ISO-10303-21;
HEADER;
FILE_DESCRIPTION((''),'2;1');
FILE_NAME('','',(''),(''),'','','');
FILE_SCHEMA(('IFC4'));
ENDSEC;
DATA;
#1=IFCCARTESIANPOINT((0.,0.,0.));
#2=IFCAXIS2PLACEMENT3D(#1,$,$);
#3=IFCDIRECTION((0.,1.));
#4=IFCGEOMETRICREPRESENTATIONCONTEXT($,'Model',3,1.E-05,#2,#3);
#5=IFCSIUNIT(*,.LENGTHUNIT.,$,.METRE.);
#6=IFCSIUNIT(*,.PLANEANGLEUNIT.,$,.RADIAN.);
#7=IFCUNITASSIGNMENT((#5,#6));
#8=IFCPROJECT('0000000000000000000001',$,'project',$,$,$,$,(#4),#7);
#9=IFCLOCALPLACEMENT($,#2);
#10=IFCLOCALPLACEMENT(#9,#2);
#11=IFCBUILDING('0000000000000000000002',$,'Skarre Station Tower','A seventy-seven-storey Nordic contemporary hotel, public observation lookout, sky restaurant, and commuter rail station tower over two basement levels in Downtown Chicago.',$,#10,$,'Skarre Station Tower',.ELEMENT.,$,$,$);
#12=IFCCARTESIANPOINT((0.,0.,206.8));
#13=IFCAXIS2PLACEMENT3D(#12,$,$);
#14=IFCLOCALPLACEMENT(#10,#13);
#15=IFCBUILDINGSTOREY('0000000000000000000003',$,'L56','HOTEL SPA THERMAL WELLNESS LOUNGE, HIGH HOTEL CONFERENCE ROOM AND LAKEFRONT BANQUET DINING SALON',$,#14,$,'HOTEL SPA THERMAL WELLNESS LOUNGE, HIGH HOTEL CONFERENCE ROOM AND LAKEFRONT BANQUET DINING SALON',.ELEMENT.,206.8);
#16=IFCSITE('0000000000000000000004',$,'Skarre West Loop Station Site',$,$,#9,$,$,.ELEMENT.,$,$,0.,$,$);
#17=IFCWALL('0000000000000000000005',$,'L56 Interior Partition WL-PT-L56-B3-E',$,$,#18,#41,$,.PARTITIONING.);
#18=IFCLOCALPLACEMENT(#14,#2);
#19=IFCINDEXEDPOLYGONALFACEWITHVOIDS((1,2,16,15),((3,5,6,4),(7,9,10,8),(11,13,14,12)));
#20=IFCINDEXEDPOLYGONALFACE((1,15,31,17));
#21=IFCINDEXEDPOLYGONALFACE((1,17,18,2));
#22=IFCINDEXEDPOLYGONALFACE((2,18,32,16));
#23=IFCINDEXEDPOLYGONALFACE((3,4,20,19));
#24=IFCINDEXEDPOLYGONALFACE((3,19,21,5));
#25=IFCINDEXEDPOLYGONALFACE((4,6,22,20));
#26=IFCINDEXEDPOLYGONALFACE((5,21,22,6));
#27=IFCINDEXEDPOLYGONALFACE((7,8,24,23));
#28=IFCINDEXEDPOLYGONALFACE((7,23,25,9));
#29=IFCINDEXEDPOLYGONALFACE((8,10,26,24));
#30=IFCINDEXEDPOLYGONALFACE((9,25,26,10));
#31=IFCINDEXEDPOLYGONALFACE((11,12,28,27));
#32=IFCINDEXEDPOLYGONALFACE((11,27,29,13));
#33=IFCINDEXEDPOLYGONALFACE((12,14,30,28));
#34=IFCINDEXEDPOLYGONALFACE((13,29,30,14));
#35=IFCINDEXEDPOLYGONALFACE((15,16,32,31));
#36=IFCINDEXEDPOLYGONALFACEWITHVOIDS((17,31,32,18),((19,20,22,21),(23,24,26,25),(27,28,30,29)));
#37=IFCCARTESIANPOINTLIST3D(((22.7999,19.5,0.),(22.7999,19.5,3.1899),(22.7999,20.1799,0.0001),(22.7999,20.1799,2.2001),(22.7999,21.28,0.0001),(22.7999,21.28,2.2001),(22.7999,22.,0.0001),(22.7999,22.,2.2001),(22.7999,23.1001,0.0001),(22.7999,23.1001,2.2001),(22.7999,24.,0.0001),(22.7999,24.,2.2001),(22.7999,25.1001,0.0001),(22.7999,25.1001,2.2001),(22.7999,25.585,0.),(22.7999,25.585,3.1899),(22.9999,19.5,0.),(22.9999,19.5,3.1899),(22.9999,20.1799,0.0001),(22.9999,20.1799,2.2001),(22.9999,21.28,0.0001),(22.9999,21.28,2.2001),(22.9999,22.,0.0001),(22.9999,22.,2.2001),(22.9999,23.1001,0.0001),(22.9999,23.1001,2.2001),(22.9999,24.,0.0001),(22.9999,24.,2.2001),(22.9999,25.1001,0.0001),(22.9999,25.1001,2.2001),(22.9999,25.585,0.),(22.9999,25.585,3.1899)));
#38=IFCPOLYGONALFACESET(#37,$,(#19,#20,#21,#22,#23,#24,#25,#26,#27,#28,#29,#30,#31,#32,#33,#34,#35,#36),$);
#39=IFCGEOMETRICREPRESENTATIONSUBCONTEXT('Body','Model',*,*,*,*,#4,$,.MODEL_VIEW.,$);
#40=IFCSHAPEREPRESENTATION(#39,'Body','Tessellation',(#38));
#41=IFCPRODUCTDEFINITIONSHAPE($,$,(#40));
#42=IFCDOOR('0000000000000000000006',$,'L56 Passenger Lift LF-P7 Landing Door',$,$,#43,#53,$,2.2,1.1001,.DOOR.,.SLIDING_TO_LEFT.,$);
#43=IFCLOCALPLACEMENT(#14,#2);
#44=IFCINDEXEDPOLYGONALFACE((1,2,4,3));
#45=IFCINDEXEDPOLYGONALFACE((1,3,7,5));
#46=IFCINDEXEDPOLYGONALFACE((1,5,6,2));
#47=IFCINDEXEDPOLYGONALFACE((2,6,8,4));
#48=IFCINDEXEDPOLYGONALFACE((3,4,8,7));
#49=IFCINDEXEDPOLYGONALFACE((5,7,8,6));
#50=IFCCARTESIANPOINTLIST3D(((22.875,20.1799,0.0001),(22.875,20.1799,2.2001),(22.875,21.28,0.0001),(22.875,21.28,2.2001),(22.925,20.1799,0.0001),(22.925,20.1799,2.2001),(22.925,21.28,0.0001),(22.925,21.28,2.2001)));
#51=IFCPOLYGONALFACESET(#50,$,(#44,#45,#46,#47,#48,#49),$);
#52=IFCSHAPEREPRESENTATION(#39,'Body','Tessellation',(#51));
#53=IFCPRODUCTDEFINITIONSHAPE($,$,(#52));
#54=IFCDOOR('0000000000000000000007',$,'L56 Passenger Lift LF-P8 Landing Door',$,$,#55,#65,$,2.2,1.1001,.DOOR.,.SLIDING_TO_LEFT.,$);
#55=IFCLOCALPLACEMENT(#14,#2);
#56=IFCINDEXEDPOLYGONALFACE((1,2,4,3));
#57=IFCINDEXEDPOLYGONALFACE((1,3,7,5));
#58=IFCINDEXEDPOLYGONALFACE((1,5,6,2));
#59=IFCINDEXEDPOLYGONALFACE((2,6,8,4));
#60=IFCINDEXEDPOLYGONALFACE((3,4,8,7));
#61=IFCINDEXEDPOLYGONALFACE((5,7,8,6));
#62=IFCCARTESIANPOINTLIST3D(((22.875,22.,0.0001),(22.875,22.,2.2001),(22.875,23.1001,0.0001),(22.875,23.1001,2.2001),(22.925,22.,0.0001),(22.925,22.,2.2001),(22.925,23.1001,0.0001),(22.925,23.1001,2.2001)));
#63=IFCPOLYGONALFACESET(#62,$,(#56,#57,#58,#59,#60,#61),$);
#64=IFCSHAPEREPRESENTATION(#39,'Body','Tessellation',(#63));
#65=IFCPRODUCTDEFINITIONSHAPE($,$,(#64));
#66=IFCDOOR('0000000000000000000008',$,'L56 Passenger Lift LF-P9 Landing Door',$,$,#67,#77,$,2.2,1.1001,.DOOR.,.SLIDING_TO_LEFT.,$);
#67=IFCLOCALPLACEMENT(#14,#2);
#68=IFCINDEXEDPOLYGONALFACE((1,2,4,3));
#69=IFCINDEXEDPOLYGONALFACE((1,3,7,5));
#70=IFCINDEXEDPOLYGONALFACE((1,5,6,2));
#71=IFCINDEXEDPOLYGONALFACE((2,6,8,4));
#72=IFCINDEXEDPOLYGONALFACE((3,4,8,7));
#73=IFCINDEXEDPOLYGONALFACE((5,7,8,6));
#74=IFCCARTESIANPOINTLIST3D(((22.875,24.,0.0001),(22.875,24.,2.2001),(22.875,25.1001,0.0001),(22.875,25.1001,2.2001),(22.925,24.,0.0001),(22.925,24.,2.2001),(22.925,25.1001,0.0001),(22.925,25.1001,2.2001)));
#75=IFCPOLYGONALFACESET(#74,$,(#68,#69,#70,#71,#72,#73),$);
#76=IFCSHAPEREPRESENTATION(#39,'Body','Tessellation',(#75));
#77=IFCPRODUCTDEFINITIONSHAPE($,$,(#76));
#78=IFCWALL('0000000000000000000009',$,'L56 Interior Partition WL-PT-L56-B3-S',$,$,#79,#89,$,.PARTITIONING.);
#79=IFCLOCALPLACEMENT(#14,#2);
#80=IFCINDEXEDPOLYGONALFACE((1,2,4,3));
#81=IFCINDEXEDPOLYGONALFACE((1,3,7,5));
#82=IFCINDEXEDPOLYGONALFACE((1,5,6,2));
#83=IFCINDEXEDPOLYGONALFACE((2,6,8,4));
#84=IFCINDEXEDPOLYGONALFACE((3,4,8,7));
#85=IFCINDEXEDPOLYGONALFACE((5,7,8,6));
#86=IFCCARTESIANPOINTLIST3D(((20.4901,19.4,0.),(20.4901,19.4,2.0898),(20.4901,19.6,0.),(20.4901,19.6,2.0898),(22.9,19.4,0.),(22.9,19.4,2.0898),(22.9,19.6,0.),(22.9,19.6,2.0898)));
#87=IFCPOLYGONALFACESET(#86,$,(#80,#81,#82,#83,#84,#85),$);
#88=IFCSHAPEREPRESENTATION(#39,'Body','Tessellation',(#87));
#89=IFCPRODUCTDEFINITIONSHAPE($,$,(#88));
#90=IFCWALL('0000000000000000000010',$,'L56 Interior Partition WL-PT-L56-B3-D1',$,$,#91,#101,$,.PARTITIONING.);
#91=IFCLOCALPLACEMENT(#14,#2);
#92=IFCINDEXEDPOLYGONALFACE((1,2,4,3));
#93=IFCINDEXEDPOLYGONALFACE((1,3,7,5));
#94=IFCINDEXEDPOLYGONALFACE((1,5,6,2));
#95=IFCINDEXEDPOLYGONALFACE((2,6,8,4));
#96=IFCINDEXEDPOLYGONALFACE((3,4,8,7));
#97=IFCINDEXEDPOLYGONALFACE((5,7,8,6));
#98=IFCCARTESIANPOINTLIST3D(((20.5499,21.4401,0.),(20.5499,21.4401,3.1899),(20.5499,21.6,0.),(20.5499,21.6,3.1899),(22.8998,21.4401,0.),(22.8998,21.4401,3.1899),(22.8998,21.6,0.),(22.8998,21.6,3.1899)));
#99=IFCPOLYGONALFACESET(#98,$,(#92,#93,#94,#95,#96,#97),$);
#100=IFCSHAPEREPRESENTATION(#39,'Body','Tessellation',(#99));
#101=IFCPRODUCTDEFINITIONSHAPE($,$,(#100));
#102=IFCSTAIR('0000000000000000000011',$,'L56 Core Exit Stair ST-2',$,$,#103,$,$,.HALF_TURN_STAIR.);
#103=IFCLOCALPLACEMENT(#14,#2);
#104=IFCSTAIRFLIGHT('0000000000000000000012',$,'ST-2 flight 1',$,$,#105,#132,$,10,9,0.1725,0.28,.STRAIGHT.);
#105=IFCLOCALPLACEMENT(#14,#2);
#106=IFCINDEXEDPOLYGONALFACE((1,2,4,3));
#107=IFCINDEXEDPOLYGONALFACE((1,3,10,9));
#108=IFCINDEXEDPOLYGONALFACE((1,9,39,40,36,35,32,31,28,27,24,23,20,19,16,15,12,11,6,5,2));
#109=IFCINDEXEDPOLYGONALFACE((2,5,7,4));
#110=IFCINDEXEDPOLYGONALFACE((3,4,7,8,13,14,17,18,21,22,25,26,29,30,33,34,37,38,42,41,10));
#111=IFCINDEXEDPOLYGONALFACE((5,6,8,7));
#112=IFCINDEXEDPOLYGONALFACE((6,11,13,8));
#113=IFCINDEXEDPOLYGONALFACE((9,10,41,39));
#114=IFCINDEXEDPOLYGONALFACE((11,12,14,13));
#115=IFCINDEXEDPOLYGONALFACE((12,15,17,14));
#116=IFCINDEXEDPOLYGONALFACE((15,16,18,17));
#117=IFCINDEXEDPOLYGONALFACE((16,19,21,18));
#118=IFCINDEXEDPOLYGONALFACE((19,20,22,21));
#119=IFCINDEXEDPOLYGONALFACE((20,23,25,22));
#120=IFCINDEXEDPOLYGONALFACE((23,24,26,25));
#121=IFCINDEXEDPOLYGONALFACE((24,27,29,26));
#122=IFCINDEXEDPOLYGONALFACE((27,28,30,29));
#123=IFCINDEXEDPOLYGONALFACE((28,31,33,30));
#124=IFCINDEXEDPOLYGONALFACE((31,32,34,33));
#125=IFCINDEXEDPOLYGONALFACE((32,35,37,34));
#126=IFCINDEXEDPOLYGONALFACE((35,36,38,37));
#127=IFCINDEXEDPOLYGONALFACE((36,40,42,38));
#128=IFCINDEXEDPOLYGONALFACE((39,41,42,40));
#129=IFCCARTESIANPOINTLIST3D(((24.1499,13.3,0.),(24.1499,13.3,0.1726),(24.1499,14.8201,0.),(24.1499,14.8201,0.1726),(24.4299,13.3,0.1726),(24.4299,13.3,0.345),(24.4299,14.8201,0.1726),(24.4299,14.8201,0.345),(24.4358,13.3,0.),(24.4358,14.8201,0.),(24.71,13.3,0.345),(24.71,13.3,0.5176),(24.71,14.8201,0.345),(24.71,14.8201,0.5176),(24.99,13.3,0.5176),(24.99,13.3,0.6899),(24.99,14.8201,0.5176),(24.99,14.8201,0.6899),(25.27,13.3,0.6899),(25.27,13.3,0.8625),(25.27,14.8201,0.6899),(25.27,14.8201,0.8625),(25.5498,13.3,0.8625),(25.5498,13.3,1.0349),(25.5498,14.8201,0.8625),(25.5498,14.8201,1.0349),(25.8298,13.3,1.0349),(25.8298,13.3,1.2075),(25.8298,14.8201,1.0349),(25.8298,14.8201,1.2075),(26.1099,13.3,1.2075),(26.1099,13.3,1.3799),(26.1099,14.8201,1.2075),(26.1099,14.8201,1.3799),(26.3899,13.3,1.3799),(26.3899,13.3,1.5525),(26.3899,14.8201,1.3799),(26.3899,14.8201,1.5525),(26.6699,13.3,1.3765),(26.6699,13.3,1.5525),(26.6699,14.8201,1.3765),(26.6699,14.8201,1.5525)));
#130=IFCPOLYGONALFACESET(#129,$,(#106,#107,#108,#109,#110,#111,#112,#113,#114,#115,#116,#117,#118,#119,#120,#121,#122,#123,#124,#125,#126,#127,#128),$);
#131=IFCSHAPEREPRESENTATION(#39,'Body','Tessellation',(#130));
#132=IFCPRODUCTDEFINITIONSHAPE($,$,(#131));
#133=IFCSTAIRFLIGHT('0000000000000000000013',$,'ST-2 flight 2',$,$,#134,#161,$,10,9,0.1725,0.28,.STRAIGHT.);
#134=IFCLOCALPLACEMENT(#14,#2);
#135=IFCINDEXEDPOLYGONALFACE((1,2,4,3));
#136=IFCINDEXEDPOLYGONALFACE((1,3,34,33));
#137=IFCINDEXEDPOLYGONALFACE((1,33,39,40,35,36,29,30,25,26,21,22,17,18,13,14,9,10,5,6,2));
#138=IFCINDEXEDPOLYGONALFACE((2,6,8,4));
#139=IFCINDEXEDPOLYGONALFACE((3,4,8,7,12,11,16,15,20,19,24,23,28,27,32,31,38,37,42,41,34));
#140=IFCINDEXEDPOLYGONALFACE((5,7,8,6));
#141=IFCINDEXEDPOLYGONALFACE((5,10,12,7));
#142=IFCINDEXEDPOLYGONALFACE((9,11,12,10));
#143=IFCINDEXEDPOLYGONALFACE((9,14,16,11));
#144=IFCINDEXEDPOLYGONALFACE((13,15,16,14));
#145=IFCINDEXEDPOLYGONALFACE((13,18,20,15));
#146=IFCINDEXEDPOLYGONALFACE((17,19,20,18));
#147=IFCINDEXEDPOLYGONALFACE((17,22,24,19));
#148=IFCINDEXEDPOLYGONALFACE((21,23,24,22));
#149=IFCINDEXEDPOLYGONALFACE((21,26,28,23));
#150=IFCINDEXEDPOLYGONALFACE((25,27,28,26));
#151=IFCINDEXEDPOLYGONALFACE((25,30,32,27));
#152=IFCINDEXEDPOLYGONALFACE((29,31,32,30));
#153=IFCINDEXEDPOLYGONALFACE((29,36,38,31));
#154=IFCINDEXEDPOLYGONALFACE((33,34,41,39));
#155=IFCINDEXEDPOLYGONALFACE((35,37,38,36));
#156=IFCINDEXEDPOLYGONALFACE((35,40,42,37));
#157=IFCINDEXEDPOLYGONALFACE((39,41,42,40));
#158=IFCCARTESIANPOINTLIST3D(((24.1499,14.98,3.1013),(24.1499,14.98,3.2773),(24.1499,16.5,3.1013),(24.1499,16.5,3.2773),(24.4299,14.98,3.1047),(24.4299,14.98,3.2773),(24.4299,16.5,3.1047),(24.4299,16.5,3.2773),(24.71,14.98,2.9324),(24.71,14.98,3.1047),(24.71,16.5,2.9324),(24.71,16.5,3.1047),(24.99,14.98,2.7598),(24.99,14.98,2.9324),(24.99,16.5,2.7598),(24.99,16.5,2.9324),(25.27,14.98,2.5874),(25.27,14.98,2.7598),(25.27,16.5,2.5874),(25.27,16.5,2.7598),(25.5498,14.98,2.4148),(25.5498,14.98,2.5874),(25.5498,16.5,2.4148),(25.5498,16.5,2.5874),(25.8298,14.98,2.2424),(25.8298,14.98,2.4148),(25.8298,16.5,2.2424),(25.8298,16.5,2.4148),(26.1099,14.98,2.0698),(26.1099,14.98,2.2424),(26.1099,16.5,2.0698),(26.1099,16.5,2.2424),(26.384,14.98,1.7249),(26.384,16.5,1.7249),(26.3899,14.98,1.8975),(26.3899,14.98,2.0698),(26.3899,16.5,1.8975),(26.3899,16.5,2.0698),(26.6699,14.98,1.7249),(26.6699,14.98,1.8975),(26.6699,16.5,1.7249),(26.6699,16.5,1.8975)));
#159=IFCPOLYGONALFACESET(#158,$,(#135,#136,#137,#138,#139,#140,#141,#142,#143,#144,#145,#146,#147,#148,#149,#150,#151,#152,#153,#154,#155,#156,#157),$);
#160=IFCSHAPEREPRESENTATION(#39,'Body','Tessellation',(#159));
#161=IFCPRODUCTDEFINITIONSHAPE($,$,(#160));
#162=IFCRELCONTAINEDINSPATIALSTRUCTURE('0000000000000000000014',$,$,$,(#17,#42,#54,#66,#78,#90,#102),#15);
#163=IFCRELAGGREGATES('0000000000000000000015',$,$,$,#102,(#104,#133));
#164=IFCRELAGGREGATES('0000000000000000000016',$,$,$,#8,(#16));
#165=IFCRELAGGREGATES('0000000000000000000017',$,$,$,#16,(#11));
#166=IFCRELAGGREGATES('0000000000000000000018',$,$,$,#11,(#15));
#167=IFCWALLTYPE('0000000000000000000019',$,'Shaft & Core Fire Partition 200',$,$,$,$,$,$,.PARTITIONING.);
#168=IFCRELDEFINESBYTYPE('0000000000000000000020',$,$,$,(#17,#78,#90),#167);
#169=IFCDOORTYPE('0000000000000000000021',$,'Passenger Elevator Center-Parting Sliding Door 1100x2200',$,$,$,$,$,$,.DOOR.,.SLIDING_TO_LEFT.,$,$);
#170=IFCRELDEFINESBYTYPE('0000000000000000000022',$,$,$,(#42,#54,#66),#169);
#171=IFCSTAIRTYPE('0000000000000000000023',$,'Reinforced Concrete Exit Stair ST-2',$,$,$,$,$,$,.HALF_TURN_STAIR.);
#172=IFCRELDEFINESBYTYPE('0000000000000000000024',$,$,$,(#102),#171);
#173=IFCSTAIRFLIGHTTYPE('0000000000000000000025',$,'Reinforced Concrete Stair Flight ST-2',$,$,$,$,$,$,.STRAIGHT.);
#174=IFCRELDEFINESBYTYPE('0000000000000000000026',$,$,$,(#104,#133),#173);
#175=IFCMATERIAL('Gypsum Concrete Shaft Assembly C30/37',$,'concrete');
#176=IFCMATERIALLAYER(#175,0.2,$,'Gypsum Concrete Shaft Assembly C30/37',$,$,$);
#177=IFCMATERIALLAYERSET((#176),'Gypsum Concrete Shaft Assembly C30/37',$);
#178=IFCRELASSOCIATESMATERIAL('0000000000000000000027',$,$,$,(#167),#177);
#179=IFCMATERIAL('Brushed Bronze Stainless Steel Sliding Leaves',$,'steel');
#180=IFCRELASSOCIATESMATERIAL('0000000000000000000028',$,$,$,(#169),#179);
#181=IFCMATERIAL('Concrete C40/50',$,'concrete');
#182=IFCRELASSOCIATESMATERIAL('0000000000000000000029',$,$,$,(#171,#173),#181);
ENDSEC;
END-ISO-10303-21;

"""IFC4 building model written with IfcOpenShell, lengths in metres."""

from ifc_helpers import new_model, si_unit, direction, frame, frame_2d, origin, place, context, subcontext, project, spatial, polyline, rectangle, outline, extrude, material, layer, layer_set, type_object, element, fill, aggregate, save


model = new_model("IFC4")

# Units and contexts
model_context = context("Model", 3, precision=1e-05, world=origin(), true_north=direction((0.0, 1.0)))
body_context = subcontext(model_context, "Body", "Model", "MODEL_VIEW")
ifc_project = project(units=[si_unit("LENGTHUNIT", "METRE"), si_unit("PLANEANGLEUNIT", "RADIAN")], contexts=[model_context])

# Site, building, storey
site_placement = place(None, origin())
site = spatial("IfcSite", under=ifc_project, at=site_placement, Name="Skarre West Loop Station Site", CompositionType="ELEMENT", RefElevation=0.0)
building_placement = place(site_placement, origin())
building = spatial("IfcBuilding", under=site, at=building_placement, Name="Skarre Station Tower", Description="A seventy-seven-storey Nordic contemporary hotel, public observation lookout, sky restaurant, and commuter rail station tower over two basement levels in Downtown Chicago.", LongName="Skarre Station Tower", CompositionType="ELEMENT")
storey_placement = place(building_placement, frame((0.0, 0.0, 206.8)))
storey = spatial("IfcBuildingStorey", under=building, at=storey_placement, Name="L56", Description="HOTEL SPA THERMAL WELLNESS LOUNGE, HIGH HOTEL CONFERENCE ROOM AND LAKEFRONT BANQUET DINING SALON", LongName="HOTEL SPA THERMAL WELLNESS LOUNGE, HIGH HOTEL CONFERENCE ROOM AND LAKEFRONT BANQUET DINING SALON", CompositionType="ELEMENT", Elevation=206.8)

# Wall, openings, doors
ifc_material_1 = material(Name="Gypsum Concrete Shaft Assembly C30/37", Category="concrete")
ifc_layer_1 = layer(ifc_material_1, 0.2, Name="Gypsum Concrete Shaft Assembly C30/37")
ifc_layer_set_1 = layer_set([ifc_layer_1], Name="Gypsum Concrete Shaft Assembly C30/37")
wall_type_1 = type_object("IfcWallType", Name="Shaft & Core Fire Partition 200", PredefinedType="PARTITIONING", material=ifc_layer_set_1)
wall_1_placement = place(storey_placement, frame((22.8999, 19.5, 0.0), z_axis=(0.0, 0.0, 1.0), x_axis=(0.0, 1.0, 0.0)))
wall_1 = element("IfcWall", 1, at=wall_1_placement, inside=storey, type_object=wall_type_1, Name="L56 Interior Partition WL-PT-L56-B3-E", PredefinedType="PARTITIONING", context=body_context, shape_type="SweptSolid", body=[
    extrude(rectangle(XDim=6.085, YDim=0.2, at=frame_2d((3.0425, 0.0))), origin(), (0.0, 0.0, 1.0), 3.1899),
])
opening_1_placement = place(wall_1_placement, frame((0.6799, 0.0, 0.0)))
opening_1 = element("IfcOpeningElement", 2, at=opening_1_placement, cuts=wall_1, PredefinedType="OPENING", context=body_context, shape_type="SweptSolid", body=[
    extrude(rectangle(XDim=1.1001, YDim=2.2, at=frame_2d((0.55, 1.1001))), frame((0.0, 0.1099, 0.0), z_axis=(0.0, -1.0, 0.0), x_axis=(1.0, 0.0, 0.0)), (0.0, 0.0, 1.0), 0.22),
])
opening_2_placement = place(wall_1_placement, frame((2.5, 0.0, 0.0)))
opening_2 = element("IfcOpeningElement", 3, at=opening_2_placement, cuts=wall_1, PredefinedType="OPENING", context=body_context, shape_type="SweptSolid", body=[
    extrude(rectangle(XDim=1.1001, YDim=2.2, at=frame_2d((0.55, 1.1001))), frame((0.0, 0.1099, 0.0), z_axis=(0.0, -1.0, 0.0), x_axis=(1.0, 0.0, 0.0)), (0.0, 0.0, 1.0), 0.22),
])
opening_3_placement = place(wall_1_placement, frame((4.5, 0.0, 0.0)))
opening_3 = element("IfcOpeningElement", 4, at=opening_3_placement, cuts=wall_1, PredefinedType="OPENING", context=body_context, shape_type="SweptSolid", body=[
    extrude(rectangle(XDim=1.1001, YDim=2.2, at=frame_2d((0.55, 1.1001))), frame((0.0, 0.1099, 0.0), z_axis=(0.0, -1.0, 0.0), x_axis=(1.0, 0.0, 0.0)), (0.0, 0.0, 1.0), 0.22),
])
ifc_material_2 = material(Name="Brushed Bronze Stainless Steel Sliding Leaves", Category="steel")
door_type_1 = type_object("IfcDoorType", Name="Passenger Elevator Center-Parting Sliding Door 1100x2200", OperationType="SLIDING_TO_LEFT", PredefinedType="DOOR", material=ifc_material_2)
door_1_placement = place(opening_1_placement, origin())
door_1 = element("IfcDoor", 5, at=door_1_placement, inside=storey, type_object=door_type_1, Name="L56 Passenger Lift LF-P7 Landing Door", OperationType="SLIDING_TO_LEFT", OverallHeight=2.2, OverallWidth=1.1001, PredefinedType="DOOR", context=body_context, shape_type="SweptSolid", body=[
    extrude(rectangle(XDim=1.1001, YDim=2.2, at=frame_2d((0.55, 1.1001))), frame((0.0, 0.0249, 0.0), z_axis=(0.0, -1.0, 0.0), x_axis=(1.0, 0.0, 0.0)), (0.0, 0.0, 1.0), 0.05),
])
fill(opening_1, door_1)
door_2_placement = place(opening_2_placement, origin())
door_2 = element("IfcDoor", 6, at=door_2_placement, inside=storey, type_object=door_type_1, Name="L56 Passenger Lift LF-P8 Landing Door", OperationType="SLIDING_TO_LEFT", OverallHeight=2.2, OverallWidth=1.1001, PredefinedType="DOOR", context=body_context, shape_type="SweptSolid", body=[
    extrude(rectangle(XDim=1.1001, YDim=2.2, at=frame_2d((0.55, 1.1001))), frame((0.0, 0.0249, 0.0), z_axis=(0.0, -1.0, 0.0), x_axis=(1.0, 0.0, 0.0)), (0.0, 0.0, 1.0), 0.05),
])
fill(opening_2, door_2)
door_3_placement = place(opening_3_placement, origin())
door_3 = element("IfcDoor", 7, at=door_3_placement, inside=storey, type_object=door_type_1, Name="L56 Passenger Lift LF-P9 Landing Door", OperationType="SLIDING_TO_LEFT", OverallHeight=2.2, OverallWidth=1.1001, PredefinedType="DOOR", context=body_context, shape_type="SweptSolid", body=[
    extrude(rectangle(XDim=1.1001, YDim=2.2, at=frame_2d((0.55, 1.1001))), frame((0.0, 0.0249, 0.0), z_axis=(0.0, -1.0, 0.0), x_axis=(1.0, 0.0, 0.0)), (0.0, 0.0, 1.0), 0.05),
])
fill(opening_3, door_3)

# Walls
wall_2_placement = place(storey_placement, frame((20.49, 19.5, 0.0), z_axis=(0.0, 0.0, 1.0), x_axis=(1.0, 0.0, 0.0)))
element("IfcWall", 8, at=wall_2_placement, inside=storey, type_object=wall_type_1, Name="L56 Interior Partition WL-PT-L56-B3-S", PredefinedType="PARTITIONING", context=body_context, shape_type="SweptSolid", body=[
    extrude(rectangle(XDim=2.4099, YDim=0.2, at=frame_2d((1.2051, 0.0))), origin(), (0.0, 0.0, 1.0), 2.0898),
])
wall_3_placement = place(storey_placement, frame((20.55, 21.52, 0.0), z_axis=(0.0, 0.0, 1.0), x_axis=(1.0, 0.0, 0.0)))
element("IfcWall", 9, at=wall_3_placement, inside=storey, type_object=wall_type_1, Name="L56 Interior Partition WL-PT-L56-B3-D1", PredefinedType="PARTITIONING", context=body_context, shape_type="SweptSolid", body=[
    extrude(rectangle(XDim=2.3499, YDim=0.1599, at=frame_2d((1.1748, 0.0))), origin(), (0.0, 0.0, 1.0), 3.1899),
])

# Stair, stair flights
ifc_material_3 = material(Name="Concrete C40/50", Category="concrete")
stair_type = type_object("IfcStairType", Name="Reinforced Concrete Exit Stair ST-2", PredefinedType="HALF_TURN_STAIR", material=ifc_material_3)
stair_placement = place(storey_placement, origin())
stair = element("IfcStair", 10, at=stair_placement, inside=storey, type_object=stair_type, Name="L56 Core Exit Stair ST-2", PredefinedType="HALF_TURN_STAIR")
stair_flight_type = type_object("IfcStairFlightType", Name="Reinforced Concrete Stair Flight ST-2", PredefinedType="STRAIGHT", material=ifc_material_3)
stair_flight_1_placement = place(storey_placement, frame((24.1499, 14.0601, 0.0), z_axis=(0.0, 0.0, 1.0), x_axis=(1.0, 0.0, 0.0)))
stair_flight_1 = element("IfcStairFlight", 11, at=stair_flight_1_placement, type_object=stair_flight_type, Name="ST-2 flight 1", NumberOfRisers=10, NumberOfTreads=9, PredefinedType="STRAIGHT", RiserHeight=0.1725, TreadLength=0.28, context=body_context, shape_type="SweptSolid", body=[
    extrude(outline(polyline([(0.0, 0.0), (0.0, 0.1726), (0.28, 0.1726), (0.28, 0.345), (0.5601, 0.345), (0.5601, 0.5176), (0.8401, 0.5176), (0.8401, 0.6899), (1.1201, 0.6899), (1.1201, 0.8625), (1.3999, 0.8625), (1.3999, 1.0349), (1.6799, 1.0349), (1.6799, 1.2075), (1.96, 1.2075), (1.96, 1.3799), (2.24, 1.3799), (2.24, 1.5525), (2.52, 1.5525), (2.52, 1.7251), (2.52, 1.3765), (0.2859, 0.0), (0.0, 0.0)])), frame((0.0, 0.76, 0.0), z_axis=(0.0, -1.0, 0.0), x_axis=(1.0, 0.0, 0.0)), (0.0, 0.0, 1.0), 1.52),
])
stair_flight_2_placement = place(storey_placement, frame((26.6699, 15.74, 1.7249), z_axis=(0.0, 0.0, 1.0), x_axis=(-1.0, 0.0, 0.0)))
stair_flight_2 = element("IfcStairFlight", 12, at=stair_flight_2_placement, type_object=stair_flight_type, Name="ST-2 flight 2", NumberOfRisers=10, NumberOfTreads=9, PredefinedType="STRAIGHT", RiserHeight=0.1725, TreadLength=0.28, context=body_context, shape_type="SweptSolid", body=[
    extrude(outline(polyline([(0.0, 0.0), (0.0, 0.1726), (0.28, 0.1726), (0.28, 0.345), (0.5601, 0.345), (0.5601, 0.5176), (0.8401, 0.5176), (0.8401, 0.6899), (1.1201, 0.6899), (1.1201, 0.8625), (1.3999, 0.8625), (1.3999, 1.0349), (1.6799, 1.0349), (1.6799, 1.2075), (1.96, 1.2075), (1.96, 1.3799), (2.24, 1.3799), (2.24, 1.5525), (2.52, 1.5525), (2.52, 1.7251), (2.52, 1.3765), (0.2859, 0.0), (0.0, 0.0)])), frame((0.0, 0.76, 0.0), z_axis=(0.0, -1.0, 0.0), x_axis=(1.0, 0.0, 0.0)), (0.0, 0.0, 1.0), 1.52),
])
aggregate(stair, [stair_flight_1, stair_flight_2])

save(model, "model.ifc")
